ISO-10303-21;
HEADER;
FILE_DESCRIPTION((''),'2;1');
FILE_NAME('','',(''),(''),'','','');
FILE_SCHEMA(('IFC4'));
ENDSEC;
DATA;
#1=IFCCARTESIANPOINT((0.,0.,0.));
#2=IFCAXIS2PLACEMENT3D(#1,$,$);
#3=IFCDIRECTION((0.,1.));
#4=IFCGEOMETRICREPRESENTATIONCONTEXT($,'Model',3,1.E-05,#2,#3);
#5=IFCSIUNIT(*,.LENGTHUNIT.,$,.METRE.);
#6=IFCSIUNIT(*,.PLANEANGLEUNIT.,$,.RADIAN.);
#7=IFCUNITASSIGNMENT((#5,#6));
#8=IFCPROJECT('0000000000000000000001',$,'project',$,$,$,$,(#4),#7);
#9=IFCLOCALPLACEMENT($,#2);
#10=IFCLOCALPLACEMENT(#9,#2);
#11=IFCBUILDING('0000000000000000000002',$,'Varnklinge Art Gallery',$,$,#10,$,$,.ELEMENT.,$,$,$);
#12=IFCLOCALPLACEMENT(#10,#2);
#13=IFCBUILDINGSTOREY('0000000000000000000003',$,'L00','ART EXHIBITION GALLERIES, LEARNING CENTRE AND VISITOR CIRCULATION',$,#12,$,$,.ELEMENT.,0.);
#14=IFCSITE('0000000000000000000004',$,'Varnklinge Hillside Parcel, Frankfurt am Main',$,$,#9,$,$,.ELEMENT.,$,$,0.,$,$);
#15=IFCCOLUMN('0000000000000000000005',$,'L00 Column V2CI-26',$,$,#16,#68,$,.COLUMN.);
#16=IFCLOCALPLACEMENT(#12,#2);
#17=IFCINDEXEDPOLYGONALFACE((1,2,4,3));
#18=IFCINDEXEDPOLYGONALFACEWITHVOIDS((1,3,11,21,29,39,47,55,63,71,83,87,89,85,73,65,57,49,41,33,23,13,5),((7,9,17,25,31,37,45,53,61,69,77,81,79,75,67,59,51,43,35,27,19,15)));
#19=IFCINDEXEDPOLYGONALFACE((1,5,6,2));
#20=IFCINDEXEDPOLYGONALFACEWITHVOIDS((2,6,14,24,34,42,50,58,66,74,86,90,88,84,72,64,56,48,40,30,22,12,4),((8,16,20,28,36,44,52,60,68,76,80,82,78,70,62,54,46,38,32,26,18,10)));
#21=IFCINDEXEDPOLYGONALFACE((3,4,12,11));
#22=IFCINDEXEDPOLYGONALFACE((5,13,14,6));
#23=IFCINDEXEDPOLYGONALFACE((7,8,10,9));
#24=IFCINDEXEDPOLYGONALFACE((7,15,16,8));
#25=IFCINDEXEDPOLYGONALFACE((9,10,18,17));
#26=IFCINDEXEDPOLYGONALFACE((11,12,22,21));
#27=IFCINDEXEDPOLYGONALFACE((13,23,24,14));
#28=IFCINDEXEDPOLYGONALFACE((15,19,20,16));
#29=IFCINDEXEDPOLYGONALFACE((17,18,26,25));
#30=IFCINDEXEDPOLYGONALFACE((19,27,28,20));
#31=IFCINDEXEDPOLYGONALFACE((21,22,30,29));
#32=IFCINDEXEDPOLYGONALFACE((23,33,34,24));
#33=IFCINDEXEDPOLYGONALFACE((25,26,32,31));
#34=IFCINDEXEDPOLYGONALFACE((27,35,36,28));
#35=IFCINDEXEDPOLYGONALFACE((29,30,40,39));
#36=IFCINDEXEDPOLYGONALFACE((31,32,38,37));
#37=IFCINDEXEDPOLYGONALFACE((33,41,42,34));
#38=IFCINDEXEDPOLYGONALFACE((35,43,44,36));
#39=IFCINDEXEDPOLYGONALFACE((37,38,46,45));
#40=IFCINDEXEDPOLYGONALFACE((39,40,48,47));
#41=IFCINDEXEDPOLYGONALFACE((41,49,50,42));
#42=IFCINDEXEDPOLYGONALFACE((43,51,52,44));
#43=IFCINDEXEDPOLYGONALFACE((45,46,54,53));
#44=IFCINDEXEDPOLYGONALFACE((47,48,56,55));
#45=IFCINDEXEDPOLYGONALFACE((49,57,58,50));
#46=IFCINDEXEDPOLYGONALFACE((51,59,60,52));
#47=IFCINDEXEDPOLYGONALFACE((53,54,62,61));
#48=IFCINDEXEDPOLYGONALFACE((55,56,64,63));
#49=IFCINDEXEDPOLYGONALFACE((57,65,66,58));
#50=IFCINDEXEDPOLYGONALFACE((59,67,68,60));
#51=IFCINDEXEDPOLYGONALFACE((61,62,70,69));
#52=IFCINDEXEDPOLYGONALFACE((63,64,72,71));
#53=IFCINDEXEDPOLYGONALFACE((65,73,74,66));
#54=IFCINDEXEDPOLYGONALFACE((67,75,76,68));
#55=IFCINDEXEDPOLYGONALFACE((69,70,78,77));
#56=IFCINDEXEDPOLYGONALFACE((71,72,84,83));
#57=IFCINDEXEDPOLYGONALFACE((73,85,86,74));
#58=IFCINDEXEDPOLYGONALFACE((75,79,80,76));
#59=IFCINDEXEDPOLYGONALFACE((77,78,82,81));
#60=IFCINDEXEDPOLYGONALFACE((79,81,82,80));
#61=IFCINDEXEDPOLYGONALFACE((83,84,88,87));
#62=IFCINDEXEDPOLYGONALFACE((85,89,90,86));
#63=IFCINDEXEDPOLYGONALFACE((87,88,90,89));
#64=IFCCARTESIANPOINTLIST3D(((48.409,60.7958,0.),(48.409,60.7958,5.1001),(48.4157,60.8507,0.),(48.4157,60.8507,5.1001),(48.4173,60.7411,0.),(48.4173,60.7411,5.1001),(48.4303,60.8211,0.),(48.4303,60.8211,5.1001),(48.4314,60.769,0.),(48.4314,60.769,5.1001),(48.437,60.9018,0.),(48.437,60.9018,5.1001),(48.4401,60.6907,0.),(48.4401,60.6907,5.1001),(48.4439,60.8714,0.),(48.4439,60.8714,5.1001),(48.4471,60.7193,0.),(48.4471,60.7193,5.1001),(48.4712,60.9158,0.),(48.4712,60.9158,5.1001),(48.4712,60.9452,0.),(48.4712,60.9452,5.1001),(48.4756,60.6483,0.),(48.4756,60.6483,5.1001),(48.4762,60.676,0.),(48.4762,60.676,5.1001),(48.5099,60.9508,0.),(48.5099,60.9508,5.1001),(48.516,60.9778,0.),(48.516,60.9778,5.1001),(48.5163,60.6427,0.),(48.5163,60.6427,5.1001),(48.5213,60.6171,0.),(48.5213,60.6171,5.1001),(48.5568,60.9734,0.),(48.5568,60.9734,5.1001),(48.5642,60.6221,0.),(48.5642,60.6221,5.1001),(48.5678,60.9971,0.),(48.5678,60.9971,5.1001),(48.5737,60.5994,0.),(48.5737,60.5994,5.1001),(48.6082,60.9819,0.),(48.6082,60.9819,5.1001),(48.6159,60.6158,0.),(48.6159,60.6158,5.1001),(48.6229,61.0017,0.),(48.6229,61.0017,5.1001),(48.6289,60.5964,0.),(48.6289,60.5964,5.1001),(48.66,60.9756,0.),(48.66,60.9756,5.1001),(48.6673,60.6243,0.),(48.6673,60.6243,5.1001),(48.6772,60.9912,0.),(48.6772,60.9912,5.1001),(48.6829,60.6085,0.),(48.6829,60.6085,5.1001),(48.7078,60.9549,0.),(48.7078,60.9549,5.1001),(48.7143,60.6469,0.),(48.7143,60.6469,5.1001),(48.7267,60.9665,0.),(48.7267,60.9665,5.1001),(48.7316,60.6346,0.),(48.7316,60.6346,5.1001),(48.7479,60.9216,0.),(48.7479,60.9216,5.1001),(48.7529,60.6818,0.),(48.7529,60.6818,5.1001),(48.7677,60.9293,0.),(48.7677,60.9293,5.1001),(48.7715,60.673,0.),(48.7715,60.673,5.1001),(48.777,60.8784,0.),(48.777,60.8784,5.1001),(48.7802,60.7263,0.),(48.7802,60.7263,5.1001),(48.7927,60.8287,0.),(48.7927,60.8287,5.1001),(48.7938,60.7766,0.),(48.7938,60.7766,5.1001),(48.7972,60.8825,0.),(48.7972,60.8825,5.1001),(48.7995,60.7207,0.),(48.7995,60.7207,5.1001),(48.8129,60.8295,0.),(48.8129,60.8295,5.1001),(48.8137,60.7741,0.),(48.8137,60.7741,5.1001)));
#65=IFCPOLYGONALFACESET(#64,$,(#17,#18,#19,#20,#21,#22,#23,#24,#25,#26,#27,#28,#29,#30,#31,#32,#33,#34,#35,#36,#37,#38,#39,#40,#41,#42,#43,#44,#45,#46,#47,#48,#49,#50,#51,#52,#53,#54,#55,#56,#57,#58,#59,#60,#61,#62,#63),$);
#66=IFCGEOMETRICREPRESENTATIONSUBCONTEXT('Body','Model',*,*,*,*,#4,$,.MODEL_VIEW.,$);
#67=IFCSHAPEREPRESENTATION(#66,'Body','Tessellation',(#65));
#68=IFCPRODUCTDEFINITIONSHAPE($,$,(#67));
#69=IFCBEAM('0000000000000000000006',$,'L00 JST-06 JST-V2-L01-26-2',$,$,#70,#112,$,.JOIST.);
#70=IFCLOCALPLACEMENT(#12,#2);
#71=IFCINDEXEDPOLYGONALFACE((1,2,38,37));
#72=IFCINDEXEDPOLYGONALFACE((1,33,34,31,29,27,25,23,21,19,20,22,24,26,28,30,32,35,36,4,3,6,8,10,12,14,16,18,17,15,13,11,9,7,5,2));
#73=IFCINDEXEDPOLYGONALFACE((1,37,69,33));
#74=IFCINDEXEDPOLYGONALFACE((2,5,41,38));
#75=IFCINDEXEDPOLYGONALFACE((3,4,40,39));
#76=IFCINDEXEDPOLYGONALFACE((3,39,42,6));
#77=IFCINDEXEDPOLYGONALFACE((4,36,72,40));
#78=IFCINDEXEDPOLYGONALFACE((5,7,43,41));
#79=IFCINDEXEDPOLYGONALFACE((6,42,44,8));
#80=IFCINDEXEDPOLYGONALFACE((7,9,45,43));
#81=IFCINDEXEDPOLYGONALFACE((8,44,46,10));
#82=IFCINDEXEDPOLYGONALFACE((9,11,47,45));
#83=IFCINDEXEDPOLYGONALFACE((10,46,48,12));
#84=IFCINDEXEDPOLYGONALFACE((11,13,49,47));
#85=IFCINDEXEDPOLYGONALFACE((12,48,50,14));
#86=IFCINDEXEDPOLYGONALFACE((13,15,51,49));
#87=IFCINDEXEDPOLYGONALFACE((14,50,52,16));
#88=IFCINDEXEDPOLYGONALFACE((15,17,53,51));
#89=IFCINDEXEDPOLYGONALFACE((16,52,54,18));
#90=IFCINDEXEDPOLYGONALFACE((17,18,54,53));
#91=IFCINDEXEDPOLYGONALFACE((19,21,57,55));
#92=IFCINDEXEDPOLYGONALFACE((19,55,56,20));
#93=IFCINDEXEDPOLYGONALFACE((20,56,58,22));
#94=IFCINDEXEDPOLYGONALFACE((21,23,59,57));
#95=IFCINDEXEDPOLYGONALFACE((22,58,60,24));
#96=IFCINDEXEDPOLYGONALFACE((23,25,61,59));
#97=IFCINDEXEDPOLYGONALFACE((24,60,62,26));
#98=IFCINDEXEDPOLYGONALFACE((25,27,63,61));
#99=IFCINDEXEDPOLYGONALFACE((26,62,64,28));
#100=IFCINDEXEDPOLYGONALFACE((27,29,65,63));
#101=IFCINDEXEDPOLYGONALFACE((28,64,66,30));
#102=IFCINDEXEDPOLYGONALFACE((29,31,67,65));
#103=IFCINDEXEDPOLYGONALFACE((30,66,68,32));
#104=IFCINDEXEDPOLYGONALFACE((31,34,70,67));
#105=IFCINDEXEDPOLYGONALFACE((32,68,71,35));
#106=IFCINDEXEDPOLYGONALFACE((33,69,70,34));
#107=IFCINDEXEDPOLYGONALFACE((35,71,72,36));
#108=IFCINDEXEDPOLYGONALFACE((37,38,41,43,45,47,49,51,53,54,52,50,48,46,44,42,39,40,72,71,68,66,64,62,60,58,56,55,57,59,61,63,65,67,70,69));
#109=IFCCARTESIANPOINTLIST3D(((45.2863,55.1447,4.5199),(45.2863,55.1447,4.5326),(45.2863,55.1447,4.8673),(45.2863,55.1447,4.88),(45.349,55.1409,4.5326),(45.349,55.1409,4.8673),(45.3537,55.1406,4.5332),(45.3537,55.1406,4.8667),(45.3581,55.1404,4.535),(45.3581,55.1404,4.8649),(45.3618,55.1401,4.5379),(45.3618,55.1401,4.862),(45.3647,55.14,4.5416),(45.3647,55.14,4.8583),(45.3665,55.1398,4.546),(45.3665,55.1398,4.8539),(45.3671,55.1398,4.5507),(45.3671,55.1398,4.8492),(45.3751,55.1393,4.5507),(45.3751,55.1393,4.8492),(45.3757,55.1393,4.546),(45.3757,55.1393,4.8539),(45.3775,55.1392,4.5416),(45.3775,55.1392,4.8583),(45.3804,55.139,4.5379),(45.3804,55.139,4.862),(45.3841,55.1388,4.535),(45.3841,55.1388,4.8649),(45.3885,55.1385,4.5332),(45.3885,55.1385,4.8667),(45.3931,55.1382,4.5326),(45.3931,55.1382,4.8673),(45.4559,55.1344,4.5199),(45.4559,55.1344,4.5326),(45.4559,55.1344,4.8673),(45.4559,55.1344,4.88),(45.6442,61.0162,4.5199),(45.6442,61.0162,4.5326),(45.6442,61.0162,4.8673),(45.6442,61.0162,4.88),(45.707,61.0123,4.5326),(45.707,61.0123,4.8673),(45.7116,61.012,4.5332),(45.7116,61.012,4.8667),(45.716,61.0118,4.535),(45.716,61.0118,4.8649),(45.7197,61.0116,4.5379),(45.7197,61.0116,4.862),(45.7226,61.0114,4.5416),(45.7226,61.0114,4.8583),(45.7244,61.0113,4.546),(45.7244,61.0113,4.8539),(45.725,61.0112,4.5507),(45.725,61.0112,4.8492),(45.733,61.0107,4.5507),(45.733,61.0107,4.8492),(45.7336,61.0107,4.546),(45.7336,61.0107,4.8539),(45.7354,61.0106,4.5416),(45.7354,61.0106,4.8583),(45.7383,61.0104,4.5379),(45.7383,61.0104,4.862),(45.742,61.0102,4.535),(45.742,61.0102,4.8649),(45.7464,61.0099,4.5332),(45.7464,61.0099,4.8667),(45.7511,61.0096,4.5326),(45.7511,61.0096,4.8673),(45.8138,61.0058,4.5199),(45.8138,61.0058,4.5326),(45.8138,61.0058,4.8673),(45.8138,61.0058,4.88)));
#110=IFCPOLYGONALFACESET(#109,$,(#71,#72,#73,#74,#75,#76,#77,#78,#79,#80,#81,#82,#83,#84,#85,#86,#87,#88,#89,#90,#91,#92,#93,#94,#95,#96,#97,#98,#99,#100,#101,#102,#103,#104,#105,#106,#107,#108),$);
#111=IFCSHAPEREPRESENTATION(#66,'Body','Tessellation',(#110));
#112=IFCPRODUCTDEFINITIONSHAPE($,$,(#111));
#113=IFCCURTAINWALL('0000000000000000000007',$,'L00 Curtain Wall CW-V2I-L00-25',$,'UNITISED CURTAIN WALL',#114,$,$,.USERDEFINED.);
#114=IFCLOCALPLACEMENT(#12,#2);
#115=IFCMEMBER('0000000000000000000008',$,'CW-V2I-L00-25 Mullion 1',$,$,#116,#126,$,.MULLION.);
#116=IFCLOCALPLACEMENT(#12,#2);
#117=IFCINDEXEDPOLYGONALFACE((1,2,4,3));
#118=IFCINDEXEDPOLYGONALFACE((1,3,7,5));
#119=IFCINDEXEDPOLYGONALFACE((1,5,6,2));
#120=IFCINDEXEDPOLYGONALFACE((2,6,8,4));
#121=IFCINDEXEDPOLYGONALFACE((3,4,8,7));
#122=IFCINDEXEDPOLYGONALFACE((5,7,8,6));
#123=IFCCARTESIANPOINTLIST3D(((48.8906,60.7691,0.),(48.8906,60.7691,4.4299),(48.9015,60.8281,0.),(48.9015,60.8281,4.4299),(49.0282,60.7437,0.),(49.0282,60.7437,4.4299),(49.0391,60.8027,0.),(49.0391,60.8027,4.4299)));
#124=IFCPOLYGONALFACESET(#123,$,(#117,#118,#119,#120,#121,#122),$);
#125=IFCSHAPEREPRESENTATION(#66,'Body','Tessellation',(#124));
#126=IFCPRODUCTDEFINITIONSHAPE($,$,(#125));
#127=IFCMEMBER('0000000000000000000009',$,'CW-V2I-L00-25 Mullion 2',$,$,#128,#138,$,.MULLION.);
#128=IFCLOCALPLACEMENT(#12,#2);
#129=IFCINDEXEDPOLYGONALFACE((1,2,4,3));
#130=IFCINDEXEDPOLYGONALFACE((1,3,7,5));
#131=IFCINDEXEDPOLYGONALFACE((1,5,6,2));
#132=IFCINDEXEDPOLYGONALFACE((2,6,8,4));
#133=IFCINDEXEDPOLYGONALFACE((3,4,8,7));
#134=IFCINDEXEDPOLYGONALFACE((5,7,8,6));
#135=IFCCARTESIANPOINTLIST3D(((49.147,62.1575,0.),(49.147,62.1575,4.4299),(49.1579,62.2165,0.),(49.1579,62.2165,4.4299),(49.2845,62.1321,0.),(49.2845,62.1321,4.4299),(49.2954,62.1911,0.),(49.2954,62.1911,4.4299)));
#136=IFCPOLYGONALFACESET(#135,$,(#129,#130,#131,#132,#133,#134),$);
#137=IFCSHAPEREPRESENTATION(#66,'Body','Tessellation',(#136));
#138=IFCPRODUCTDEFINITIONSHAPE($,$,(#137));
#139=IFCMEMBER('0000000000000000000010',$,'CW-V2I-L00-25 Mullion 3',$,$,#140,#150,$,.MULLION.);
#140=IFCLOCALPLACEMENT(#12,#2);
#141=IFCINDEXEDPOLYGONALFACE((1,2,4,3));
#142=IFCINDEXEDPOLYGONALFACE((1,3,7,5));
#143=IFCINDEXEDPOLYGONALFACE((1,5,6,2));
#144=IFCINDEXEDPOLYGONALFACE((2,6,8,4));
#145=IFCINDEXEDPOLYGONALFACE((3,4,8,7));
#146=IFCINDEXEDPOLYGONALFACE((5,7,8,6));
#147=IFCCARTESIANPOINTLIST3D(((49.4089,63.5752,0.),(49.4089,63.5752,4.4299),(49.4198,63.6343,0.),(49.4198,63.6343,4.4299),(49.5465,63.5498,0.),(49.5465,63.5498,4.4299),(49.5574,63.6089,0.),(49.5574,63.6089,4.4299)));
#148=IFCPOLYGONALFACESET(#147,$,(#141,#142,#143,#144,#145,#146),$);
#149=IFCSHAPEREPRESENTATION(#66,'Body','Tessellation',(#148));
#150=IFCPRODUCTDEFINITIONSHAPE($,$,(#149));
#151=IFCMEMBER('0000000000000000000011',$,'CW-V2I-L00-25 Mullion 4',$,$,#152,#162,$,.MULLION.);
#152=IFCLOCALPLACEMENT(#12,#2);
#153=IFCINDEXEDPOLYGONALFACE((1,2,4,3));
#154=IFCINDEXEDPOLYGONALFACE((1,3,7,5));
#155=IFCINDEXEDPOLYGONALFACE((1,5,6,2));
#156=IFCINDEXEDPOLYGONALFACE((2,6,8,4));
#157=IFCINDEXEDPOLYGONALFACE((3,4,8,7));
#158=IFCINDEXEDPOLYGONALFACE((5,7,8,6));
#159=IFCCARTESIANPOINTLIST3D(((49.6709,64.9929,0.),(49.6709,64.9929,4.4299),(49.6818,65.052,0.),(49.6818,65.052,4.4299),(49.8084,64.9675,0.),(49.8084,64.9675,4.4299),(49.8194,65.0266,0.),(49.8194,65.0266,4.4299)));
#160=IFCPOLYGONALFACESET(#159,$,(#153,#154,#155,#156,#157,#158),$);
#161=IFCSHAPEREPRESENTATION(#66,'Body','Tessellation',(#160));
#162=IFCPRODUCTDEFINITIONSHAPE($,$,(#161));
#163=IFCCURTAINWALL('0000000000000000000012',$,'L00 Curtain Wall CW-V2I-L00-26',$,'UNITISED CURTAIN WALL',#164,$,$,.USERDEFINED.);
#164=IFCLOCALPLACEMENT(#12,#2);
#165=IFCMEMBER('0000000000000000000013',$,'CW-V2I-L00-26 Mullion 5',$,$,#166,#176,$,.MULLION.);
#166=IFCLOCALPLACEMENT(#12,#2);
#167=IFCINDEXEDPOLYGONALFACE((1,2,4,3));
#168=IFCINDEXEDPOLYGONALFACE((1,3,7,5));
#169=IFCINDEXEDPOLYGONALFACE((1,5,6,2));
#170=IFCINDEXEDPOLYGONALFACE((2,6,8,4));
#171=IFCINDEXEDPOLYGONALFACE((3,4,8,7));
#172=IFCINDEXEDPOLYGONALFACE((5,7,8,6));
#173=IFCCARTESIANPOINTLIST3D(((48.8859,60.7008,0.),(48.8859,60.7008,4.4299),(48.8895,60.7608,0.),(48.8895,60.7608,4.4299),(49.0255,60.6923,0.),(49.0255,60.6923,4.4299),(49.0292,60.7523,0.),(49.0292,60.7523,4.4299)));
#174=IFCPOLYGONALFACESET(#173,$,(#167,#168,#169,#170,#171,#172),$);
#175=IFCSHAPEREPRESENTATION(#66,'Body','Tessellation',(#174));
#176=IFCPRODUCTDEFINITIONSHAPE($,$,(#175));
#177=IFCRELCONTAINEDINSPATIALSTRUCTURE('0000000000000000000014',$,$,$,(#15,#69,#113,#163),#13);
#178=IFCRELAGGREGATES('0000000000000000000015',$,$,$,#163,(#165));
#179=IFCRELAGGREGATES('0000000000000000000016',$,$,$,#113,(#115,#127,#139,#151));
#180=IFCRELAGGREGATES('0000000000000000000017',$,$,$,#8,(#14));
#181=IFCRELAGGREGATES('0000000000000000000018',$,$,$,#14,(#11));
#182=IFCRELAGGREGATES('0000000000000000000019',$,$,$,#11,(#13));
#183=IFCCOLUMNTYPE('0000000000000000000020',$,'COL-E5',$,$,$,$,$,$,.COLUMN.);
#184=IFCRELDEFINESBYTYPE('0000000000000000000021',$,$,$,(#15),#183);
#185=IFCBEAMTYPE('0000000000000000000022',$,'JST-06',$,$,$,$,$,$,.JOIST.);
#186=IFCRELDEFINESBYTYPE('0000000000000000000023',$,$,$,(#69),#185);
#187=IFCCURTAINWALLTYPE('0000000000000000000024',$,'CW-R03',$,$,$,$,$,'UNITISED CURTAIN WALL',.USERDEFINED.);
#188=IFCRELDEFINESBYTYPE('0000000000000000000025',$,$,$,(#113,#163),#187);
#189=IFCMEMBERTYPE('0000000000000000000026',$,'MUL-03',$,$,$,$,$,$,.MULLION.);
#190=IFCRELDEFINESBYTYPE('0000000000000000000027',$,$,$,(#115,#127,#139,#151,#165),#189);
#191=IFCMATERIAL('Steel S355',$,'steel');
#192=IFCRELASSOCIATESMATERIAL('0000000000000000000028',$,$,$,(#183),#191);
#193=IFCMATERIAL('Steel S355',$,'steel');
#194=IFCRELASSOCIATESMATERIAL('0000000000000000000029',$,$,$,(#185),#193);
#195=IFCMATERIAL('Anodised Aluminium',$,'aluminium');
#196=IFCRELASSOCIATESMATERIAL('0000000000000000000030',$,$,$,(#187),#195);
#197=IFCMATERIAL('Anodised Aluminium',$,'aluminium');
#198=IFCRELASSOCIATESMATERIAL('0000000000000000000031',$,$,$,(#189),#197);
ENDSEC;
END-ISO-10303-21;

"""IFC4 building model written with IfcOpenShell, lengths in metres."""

from ifc_helpers import new_model, si_unit, direction, frame, origin, origin_2d, place, context, subcontext, project, spatial, rectangle, hollow_circle, i_section, extrude, material, material_profile, profile_set, type_object, element, aggregate, save


model = new_model("IFC4")

# Units and contexts
model_context = context("Model", 3, precision=1e-05, world=origin(), true_north=direction((0.0, 1.0)))
body_context = subcontext(model_context, "Body", "Model", "MODEL_VIEW")
ifc_project = project(units=[si_unit("LENGTHUNIT", "METRE"), si_unit("PLANEANGLEUNIT", "RADIAN")], contexts=[model_context])

# Site, building, storey
site_placement = place(None, origin())
site = spatial("IfcSite", under=ifc_project, at=site_placement, Name="Varnklinge Hillside Parcel, Frankfurt am Main", CompositionType="ELEMENT", RefElevation=0.0)
building_placement = place(site_placement, origin())
building = spatial("IfcBuilding", under=site, at=building_placement, Name="Varnklinge Art Gallery", CompositionType="ELEMENT")
storey_placement = place(building_placement, origin())
storey = spatial("IfcBuildingStorey", under=building, at=storey_placement, Name="L00", Description="ART EXHIBITION GALLERIES, LEARNING CENTRE AND VISITOR CIRCULATION", CompositionType="ELEMENT", Elevation=0.0)

# Column
ifc_material_1 = material(Name="Steel S355", Category="steel")
ifc_material_profile_1 = material_profile(ifc_material_1, hollow_circle(Radius=0.2031, WallThickness=0.02, at=origin_2d()), Name="CHS 406.4x20")
ifc_profile_set_1 = profile_set([ifc_material_profile_1], Name="Steel S355")
column_type = type_object("IfcColumnType", Name="COL-E5", PredefinedType="COLUMN", material=ifc_profile_set_1)
column_placement = place(storey_placement, frame((48.6121, 60.7988, 0.0), z_axis=(0.0, 0.0, 1.0), x_axis=(0.992589, -0.121523, 0.0)))
element("IfcColumn", 1, at=column_placement, inside=storey, type_object=column_type, Name="L00 Column V2CI-26", PredefinedType="COLUMN", context=body_context, shape_type="SweptSolid", body=[
    extrude(hollow_circle(Radius=0.2031, WallThickness=0.02, at=origin_2d()), origin(), (0.0, 0.0, 1.0), 5.1001),
])

# Beam
ifc_material_2 = material(Name="Steel S355", Category="steel")
ifc_material_profile_2 = material_profile(ifc_material_2, i_section(OverallWidth=0.1699, OverallDepth=0.3601, WebThickness=0.0081, FlangeThickness=0.0127, FilletRadius=0.0181, at=origin_2d()), Name="IPE 360")
ifc_profile_set_2 = profile_set([ifc_material_profile_2], Name="Steel S355")
beam_type_1 = type_object("IfcBeamType", Name="JST-06", PredefinedType="JOIST", material=ifc_profile_set_2)
beam_1_placement = place(storey_placement, frame((45.729, 61.011, 4.7), z_axis=(-0.060846, -0.998147, 0.0), x_axis=(0.998147, -0.060846, 0.0)))
element("IfcBeam", 2, at=beam_1_placement, inside=storey, type_object=beam_type_1, Name="L00 JST-06 JST-V2-L01-26-2", PredefinedType="JOIST", context=body_context, shape_type="SweptSolid", body=[
    extrude(i_section(OverallWidth=0.1699, OverallDepth=0.3601, WebThickness=0.0081, FlangeThickness=0.0127, FilletRadius=0.0181, at=origin_2d()), origin(), (0.0, 0.0, 1.0), 5.8823),
])

# Curtain wall, members
ifc_material_3 = material(Name="Anodised Aluminium", Category="aluminium")
curtain_wall_type = type_object("IfcCurtainWallType", Name="CW-R03", ElementType="UNITISED CURTAIN WALL", PredefinedType="USERDEFINED", material=ifc_material_3)
curtain_wall_1_placement = place(storey_placement, origin())
curtain_wall_1 = element("IfcCurtainWall", 3, at=curtain_wall_1_placement, inside=storey, type_object=curtain_wall_type, Name="L00 Curtain Wall CW-V2I-L00-25", ObjectType="UNITISED CURTAIN WALL", PredefinedType="USERDEFINED")
ifc_material_4 = material(Name="Anodised Aluminium", Category="aluminium")
ifc_material_profile_3 = material_profile(ifc_material_4, rectangle(XDim=0.0601, YDim=0.1399, at=origin_2d()), Name="ALU 60x140")
ifc_profile_set_3 = profile_set([ifc_material_profile_3], Name="Anodised Aluminium")
member_type_1 = type_object("IfcMemberType", Name="MUL-03", PredefinedType="MULLION", material=ifc_profile_set_3)
member_1_placement = place(storey_placement, frame((48.9648, 60.7859, 0.0), z_axis=(0.0, 0.0, 1.0), x_axis=(0.181549, 0.983382, 0.0)))
member_1 = element("IfcMember", 4, at=member_1_placement, type_object=member_type_1, Name="CW-V2I-L00-25 Mullion 1", PredefinedType="MULLION", context=body_context, shape_type="SweptSolid", body=[
    extrude(rectangle(XDim=0.0601, YDim=0.1399, at=origin_2d()), origin(), (0.0, 0.0, 1.0), 4.4299),
])
member_2_placement = place(storey_placement, frame((49.2212, 62.1743, 0.0), z_axis=(0.0, 0.0, 1.0), x_axis=(0.181549, 0.983382, 0.0)))
member_2 = element("IfcMember", 5, at=member_2_placement, type_object=member_type_1, Name="CW-V2I-L00-25 Mullion 2", PredefinedType="MULLION", context=body_context, shape_type="SweptSolid", body=[
    extrude(rectangle(XDim=0.0601, YDim=0.1399, at=origin_2d()), origin(), (0.0, 0.0, 1.0), 4.4299),
])
member_3_placement = place(storey_placement, frame((49.4832, 63.592, 0.0), z_axis=(0.0, 0.0, 1.0), x_axis=(0.181549, 0.983382, 0.0)))
member_3 = element("IfcMember", 6, at=member_3_placement, type_object=member_type_1, Name="CW-V2I-L00-25 Mullion 3", PredefinedType="MULLION", context=body_context, shape_type="SweptSolid", body=[
    extrude(rectangle(XDim=0.0601, YDim=0.1399, at=origin_2d()), origin(), (0.0, 0.0, 1.0), 4.4299),
])
member_4_placement = place(storey_placement, frame((49.7451, 65.0098, 0.0), z_axis=(0.0, 0.0, 1.0), x_axis=(0.181549, 0.983382, 0.0)))
member_4 = element("IfcMember", 7, at=member_4_placement, type_object=member_type_1, Name="CW-V2I-L00-25 Mullion 4", PredefinedType="MULLION", context=body_context, shape_type="SweptSolid", body=[
    extrude(rectangle(XDim=0.0601, YDim=0.1399, at=origin_2d()), origin(), (0.0, 0.0, 1.0), 4.4299),
])

# Curtain wall, member
curtain_wall_2_placement = place(storey_placement, origin())
curtain_wall_2 = element("IfcCurtainWall", 8, at=curtain_wall_2_placement, inside=storey, type_object=curtain_wall_type, Name="L00 Curtain Wall CW-V2I-L00-26", ObjectType="UNITISED CURTAIN WALL", PredefinedType="USERDEFINED")
member_5_placement = place(storey_placement, frame((48.9575, 60.7266, 0.0), z_axis=(0.0, 0.0, 1.0), x_axis=(0.060874, 0.998145, 0.0)))
member_5 = element("IfcMember", 9, at=member_5_placement, type_object=member_type_1, Name="CW-V2I-L00-26 Mullion 5", PredefinedType="MULLION", context=body_context, shape_type="SweptSolid", body=[
    extrude(rectangle(XDim=0.0601, YDim=0.1399, at=origin_2d()), origin(), (0.0, 0.0, 1.0), 4.4299),
])
aggregate(curtain_wall_2, [member_5])

aggregate(curtain_wall_1, [member_1, member_2, member_3, member_4])

save(model, "model.ifc")
